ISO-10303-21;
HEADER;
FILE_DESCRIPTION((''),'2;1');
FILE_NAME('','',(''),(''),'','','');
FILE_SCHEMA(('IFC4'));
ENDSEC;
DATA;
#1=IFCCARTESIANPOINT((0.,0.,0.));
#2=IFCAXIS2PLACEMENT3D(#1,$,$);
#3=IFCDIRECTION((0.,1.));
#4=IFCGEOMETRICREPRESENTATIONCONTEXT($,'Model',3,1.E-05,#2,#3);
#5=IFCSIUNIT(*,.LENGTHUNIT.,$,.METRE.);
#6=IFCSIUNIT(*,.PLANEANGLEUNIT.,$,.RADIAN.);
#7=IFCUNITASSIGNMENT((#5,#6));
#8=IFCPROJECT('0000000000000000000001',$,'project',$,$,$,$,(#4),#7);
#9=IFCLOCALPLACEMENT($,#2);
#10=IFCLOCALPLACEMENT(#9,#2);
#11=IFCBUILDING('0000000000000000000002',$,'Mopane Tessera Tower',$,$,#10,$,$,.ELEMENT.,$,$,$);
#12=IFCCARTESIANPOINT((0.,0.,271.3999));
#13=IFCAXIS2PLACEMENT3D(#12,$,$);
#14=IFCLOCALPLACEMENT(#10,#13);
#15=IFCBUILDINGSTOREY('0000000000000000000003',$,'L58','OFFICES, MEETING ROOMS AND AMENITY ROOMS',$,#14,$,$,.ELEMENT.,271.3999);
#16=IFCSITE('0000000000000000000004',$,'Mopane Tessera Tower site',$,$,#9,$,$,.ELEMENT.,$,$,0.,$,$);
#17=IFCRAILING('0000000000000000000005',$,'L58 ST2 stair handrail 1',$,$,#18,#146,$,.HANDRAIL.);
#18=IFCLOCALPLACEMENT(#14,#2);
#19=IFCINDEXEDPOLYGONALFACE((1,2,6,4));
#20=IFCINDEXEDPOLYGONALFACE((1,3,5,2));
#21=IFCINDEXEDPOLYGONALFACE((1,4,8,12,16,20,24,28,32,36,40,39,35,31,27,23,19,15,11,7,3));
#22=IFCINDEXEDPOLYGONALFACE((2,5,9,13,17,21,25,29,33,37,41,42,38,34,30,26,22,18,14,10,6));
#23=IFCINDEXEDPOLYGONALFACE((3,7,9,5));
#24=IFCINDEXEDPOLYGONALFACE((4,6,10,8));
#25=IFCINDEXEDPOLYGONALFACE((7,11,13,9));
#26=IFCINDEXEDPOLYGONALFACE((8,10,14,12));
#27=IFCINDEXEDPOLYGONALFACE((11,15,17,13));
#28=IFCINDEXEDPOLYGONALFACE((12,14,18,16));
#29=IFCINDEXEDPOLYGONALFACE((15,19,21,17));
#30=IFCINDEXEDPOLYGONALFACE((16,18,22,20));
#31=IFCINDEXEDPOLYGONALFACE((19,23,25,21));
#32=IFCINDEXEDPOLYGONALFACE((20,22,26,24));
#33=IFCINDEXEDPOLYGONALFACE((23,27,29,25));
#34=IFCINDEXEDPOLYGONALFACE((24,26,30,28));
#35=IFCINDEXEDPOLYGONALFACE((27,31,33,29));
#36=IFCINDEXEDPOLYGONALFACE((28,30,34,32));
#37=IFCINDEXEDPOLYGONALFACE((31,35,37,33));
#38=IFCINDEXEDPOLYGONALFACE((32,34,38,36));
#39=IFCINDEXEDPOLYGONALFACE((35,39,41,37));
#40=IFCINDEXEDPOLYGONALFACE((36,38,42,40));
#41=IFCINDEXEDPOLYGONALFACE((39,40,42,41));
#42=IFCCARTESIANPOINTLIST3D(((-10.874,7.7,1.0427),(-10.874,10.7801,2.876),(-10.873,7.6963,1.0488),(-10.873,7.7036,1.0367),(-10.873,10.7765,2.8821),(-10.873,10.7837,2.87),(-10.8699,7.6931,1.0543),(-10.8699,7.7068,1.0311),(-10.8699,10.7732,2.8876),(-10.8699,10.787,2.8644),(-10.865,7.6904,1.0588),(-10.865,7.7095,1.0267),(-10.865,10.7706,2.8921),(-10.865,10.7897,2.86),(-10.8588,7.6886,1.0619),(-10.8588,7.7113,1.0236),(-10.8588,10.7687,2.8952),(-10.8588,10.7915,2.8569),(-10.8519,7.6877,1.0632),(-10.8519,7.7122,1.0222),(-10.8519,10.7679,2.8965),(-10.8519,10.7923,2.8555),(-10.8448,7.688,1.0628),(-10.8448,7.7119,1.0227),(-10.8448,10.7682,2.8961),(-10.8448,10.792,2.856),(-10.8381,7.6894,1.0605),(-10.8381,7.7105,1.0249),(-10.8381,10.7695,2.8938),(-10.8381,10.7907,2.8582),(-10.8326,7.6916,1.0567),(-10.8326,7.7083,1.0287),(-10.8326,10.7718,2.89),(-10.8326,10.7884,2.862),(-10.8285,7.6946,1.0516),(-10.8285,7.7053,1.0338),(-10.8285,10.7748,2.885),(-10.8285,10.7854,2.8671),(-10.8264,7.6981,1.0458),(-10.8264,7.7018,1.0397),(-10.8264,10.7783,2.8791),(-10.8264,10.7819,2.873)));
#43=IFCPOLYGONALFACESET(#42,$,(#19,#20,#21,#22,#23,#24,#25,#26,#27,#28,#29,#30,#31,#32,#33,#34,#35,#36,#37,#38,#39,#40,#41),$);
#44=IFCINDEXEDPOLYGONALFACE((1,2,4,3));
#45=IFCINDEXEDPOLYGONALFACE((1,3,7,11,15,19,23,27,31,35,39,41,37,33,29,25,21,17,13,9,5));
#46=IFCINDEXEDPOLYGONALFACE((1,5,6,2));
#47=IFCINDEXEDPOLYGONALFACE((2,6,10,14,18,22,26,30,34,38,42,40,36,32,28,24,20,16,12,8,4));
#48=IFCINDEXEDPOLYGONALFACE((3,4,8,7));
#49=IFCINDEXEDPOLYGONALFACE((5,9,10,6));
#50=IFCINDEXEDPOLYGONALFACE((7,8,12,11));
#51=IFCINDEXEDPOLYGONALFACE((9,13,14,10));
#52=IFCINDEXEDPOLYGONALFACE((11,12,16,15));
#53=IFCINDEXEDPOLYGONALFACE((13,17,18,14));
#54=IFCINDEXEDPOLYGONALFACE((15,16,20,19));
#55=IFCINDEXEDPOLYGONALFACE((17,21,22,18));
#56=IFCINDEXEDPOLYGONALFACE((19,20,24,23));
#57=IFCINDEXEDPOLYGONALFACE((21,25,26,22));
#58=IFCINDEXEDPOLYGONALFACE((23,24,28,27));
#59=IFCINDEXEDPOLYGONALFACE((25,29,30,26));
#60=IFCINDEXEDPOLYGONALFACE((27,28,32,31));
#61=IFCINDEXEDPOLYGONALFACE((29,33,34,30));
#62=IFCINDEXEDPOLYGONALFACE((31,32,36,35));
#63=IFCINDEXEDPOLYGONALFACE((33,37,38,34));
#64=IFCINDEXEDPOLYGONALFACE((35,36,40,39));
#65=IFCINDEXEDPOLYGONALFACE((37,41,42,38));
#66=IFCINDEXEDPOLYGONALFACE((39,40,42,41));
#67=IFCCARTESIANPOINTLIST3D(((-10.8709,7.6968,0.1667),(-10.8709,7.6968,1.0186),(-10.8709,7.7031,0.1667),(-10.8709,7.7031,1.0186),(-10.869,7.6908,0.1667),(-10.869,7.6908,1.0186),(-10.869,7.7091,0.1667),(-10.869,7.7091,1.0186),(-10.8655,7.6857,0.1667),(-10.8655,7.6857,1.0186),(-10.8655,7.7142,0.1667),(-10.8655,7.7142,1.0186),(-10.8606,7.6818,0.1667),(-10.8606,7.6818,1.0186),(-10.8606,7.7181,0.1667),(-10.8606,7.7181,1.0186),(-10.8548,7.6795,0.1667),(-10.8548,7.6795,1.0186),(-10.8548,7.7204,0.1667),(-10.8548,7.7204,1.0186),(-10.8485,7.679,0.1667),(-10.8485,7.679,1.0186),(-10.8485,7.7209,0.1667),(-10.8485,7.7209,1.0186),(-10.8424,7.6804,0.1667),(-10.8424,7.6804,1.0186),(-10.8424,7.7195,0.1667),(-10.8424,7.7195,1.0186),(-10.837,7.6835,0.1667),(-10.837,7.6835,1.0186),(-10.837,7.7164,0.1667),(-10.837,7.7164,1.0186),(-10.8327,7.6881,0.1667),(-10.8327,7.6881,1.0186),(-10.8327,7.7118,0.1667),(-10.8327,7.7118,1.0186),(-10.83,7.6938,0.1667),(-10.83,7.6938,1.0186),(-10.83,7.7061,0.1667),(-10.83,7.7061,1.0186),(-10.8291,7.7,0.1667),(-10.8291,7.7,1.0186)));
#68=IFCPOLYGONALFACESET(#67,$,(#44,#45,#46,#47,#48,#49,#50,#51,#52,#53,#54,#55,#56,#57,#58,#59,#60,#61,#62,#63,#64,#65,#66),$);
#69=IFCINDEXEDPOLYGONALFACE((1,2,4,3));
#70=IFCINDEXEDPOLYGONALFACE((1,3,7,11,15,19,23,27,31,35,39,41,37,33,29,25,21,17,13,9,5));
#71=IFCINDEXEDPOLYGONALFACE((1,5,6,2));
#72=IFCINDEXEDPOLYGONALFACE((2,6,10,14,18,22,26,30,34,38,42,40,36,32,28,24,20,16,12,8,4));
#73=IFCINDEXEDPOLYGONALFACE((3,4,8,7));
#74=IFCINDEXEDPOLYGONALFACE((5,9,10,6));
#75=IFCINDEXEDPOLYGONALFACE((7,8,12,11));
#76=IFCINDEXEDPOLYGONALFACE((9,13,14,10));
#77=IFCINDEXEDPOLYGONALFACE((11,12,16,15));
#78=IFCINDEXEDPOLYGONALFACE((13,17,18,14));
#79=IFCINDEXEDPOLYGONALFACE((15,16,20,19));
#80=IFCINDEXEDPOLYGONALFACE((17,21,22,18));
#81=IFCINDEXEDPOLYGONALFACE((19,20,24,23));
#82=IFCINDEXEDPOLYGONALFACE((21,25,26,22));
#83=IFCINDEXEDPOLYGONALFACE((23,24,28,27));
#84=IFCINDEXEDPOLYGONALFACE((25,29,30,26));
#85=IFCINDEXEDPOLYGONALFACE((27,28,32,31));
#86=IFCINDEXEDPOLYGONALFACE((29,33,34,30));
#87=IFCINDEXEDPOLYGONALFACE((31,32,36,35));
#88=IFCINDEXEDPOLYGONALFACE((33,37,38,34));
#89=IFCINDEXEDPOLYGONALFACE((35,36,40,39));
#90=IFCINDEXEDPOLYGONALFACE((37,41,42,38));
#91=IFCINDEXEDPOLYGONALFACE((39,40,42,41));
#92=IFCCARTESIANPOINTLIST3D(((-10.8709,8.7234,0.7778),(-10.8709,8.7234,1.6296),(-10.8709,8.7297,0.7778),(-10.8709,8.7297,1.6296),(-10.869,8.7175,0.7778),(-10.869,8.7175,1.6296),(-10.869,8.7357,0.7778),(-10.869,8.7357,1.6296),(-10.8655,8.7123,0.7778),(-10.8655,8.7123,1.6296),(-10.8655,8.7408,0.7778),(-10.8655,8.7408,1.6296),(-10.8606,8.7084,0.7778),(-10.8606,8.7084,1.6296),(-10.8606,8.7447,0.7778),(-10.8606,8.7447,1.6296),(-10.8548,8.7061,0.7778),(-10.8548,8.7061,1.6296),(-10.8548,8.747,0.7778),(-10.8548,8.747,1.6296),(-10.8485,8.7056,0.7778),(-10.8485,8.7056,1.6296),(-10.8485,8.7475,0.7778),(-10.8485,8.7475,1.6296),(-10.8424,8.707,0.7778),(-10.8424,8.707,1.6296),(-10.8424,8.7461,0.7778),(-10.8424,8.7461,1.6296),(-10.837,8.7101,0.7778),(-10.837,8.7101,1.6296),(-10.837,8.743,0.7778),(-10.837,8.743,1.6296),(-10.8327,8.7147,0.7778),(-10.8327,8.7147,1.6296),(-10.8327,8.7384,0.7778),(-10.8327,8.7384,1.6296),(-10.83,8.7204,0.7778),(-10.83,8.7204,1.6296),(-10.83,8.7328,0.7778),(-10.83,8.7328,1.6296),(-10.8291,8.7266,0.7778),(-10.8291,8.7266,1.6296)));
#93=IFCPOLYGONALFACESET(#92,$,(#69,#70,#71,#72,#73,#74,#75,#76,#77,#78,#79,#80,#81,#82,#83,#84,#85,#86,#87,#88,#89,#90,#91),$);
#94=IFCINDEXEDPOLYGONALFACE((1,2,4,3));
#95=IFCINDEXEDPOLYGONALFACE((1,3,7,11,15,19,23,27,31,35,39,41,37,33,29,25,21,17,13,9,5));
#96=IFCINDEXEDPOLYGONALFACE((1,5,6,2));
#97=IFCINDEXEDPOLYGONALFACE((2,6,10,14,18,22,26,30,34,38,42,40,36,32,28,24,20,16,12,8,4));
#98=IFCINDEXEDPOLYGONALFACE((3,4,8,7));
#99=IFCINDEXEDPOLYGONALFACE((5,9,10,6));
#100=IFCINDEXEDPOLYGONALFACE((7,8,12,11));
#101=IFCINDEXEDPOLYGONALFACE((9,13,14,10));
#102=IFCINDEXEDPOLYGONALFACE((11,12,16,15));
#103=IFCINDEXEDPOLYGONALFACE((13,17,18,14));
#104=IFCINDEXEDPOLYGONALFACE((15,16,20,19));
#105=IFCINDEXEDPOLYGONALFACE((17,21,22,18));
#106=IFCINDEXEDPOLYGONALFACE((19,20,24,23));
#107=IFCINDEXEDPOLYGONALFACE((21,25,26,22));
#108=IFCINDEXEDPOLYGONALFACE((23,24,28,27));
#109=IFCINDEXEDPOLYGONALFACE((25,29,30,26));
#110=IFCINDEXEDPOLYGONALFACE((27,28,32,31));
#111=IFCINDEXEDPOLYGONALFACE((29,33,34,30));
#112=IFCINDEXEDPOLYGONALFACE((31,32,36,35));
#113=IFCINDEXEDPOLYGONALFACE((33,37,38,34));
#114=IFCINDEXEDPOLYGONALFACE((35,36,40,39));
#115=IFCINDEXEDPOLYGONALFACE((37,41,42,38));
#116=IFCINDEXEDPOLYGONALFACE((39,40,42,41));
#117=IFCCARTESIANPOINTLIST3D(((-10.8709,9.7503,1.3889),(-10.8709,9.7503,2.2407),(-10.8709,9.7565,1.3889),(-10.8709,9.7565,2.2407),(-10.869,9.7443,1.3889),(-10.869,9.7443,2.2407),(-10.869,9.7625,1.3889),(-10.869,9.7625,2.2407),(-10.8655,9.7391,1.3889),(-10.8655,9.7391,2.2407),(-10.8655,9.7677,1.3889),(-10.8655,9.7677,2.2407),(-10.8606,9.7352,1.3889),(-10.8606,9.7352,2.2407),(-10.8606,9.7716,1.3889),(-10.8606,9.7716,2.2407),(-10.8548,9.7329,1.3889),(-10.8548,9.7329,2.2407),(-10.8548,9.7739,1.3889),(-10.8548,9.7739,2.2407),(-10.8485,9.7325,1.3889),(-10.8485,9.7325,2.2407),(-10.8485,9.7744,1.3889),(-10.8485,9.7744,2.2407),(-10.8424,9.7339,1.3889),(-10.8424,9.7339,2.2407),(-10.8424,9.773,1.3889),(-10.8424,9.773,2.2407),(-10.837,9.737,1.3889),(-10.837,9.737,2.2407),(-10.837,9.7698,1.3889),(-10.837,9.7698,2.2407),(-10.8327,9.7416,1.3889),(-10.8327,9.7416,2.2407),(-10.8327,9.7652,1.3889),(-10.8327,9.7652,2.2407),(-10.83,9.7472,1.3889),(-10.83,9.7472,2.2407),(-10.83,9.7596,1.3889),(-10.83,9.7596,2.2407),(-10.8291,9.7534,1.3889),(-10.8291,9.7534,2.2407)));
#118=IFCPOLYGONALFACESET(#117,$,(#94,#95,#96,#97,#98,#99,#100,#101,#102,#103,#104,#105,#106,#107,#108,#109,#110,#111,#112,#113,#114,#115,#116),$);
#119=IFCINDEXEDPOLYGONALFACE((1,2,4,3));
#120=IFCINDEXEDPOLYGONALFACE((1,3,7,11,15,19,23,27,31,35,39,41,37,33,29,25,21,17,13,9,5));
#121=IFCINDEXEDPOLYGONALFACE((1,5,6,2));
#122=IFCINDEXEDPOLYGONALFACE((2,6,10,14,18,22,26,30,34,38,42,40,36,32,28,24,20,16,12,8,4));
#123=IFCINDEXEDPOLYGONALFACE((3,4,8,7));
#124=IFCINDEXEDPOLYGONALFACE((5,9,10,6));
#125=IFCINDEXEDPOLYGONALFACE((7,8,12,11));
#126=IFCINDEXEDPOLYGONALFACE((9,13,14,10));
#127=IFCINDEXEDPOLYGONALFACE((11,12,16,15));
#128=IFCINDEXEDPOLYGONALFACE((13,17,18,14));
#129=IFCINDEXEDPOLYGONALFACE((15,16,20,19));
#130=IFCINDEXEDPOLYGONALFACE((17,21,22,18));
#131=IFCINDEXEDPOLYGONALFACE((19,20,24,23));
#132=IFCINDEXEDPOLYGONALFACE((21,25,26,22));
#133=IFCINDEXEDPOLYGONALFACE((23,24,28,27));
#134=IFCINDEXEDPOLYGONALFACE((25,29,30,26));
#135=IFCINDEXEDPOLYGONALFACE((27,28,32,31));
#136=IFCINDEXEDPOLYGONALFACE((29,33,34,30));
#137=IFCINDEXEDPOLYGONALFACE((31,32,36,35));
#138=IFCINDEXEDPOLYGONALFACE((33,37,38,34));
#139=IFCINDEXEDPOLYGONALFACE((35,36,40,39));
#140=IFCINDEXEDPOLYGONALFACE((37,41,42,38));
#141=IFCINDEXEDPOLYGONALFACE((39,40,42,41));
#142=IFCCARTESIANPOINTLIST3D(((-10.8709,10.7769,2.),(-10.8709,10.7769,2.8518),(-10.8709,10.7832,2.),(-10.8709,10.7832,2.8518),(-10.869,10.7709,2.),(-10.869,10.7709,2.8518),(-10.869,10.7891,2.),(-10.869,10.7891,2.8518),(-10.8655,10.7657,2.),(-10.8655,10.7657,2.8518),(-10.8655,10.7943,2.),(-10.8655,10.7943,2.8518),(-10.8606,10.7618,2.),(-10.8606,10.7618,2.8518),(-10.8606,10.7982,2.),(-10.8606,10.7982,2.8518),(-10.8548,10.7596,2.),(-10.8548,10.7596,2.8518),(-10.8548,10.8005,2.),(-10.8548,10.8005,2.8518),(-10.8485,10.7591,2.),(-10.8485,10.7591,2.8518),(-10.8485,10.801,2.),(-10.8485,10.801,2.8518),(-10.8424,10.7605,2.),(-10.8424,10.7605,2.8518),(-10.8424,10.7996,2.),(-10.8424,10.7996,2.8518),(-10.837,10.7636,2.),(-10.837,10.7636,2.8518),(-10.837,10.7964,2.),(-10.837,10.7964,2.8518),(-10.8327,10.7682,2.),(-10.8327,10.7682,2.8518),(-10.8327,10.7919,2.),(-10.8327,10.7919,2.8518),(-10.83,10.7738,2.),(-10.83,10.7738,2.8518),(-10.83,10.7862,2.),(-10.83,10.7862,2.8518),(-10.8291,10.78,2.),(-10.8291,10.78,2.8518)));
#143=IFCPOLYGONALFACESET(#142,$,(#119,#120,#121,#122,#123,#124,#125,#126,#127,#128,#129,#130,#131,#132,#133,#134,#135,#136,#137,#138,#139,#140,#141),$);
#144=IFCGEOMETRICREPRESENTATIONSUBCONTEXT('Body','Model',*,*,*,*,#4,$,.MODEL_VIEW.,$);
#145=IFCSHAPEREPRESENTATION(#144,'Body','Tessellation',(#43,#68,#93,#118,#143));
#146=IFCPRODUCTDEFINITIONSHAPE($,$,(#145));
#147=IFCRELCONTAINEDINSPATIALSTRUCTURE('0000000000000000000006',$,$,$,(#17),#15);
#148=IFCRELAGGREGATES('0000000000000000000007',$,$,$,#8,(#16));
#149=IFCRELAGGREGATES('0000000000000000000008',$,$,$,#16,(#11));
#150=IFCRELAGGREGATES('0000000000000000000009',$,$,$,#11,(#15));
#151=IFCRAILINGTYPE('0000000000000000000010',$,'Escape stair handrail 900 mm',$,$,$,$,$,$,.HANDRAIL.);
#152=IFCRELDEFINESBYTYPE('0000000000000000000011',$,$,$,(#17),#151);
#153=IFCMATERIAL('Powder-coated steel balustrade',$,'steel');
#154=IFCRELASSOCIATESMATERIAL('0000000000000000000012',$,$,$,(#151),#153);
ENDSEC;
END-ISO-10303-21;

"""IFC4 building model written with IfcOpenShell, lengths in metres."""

from ifc_helpers import new_model, si_unit, direction, frame, origin, origin_2d, place, context, subcontext, project, spatial, circle, extrude, material, type_object, element, save


model = new_model("IFC4")

# Units and contexts
model_context = context("Model", 3, precision=1e-05, world=origin(), true_north=direction((0.0, 1.0)))
body_context = subcontext(model_context, "Body", "Model", "MODEL_VIEW")
ifc_project = project(units=[si_unit("LENGTHUNIT", "METRE"), si_unit("PLANEANGLEUNIT", "RADIAN")], contexts=[model_context])

# Site, building, storey
site_placement = place(None, origin())
site = spatial("IfcSite", under=ifc_project, at=site_placement, Name="Mopane Tessera Tower site", CompositionType="ELEMENT", RefElevation=0.0)
building_placement = place(site_placement, origin())
building = spatial("IfcBuilding", under=site, at=building_placement, Name="Mopane Tessera Tower", CompositionType="ELEMENT")
storey_placement = place(building_placement, frame((0.0, 0.0, 271.3999)))
storey = spatial("IfcBuildingStorey", under=building, at=storey_placement, Name="L58", Description="OFFICES, MEETING ROOMS AND AMENITY ROOMS", CompositionType="ELEMENT", Elevation=271.3999)

# Railing
ifc_material_1 = material(Name="Powder-coated steel balustrade", Category="steel")
railing_type_1 = type_object("IfcRailingType", Name="Escape stair handrail 900 mm", PredefinedType="HANDRAIL", material=ifc_material_1)
railing_1_placement = place(storey_placement, frame((-10.8501, 7.7, 0.1667)))
element("IfcRailing", 1, at=railing_1_placement, inside=storey, type_object=railing_type_1, Name="L58 ST2 stair handrail 1", PredefinedType="HANDRAIL", context=body_context, shape_type="SweptSolid", body=[
    extrude(circle(Radius=0.0239, at=origin_2d()), frame((0.0, 0.0, 0.876), z_axis=(0.0, 0.859309, 0.511458), x_axis=(-1.0, 0.0, 0.0)), (0.0, 0.0, 1.0), 3.5845),
    extrude(circle(Radius=0.021, at=origin_2d()), origin(), (0.0, 0.0, 1.0), 0.8518),
    extrude(circle(Radius=0.021, at=origin_2d()), frame((0.0, 1.0266, 0.6111)), (0.0, 0.0, 1.0), 0.8518),
    extrude(circle(Radius=0.021, at=origin_2d()), frame((0.0, 2.0535, 1.2222)), (0.0, 0.0, 1.0), 0.8518),
    extrude(circle(Radius=0.021, at=origin_2d()), frame((0.0, 3.0801, 1.8333)), (0.0, 0.0, 1.0), 0.8518),
])

save(model, "model.ifc")
